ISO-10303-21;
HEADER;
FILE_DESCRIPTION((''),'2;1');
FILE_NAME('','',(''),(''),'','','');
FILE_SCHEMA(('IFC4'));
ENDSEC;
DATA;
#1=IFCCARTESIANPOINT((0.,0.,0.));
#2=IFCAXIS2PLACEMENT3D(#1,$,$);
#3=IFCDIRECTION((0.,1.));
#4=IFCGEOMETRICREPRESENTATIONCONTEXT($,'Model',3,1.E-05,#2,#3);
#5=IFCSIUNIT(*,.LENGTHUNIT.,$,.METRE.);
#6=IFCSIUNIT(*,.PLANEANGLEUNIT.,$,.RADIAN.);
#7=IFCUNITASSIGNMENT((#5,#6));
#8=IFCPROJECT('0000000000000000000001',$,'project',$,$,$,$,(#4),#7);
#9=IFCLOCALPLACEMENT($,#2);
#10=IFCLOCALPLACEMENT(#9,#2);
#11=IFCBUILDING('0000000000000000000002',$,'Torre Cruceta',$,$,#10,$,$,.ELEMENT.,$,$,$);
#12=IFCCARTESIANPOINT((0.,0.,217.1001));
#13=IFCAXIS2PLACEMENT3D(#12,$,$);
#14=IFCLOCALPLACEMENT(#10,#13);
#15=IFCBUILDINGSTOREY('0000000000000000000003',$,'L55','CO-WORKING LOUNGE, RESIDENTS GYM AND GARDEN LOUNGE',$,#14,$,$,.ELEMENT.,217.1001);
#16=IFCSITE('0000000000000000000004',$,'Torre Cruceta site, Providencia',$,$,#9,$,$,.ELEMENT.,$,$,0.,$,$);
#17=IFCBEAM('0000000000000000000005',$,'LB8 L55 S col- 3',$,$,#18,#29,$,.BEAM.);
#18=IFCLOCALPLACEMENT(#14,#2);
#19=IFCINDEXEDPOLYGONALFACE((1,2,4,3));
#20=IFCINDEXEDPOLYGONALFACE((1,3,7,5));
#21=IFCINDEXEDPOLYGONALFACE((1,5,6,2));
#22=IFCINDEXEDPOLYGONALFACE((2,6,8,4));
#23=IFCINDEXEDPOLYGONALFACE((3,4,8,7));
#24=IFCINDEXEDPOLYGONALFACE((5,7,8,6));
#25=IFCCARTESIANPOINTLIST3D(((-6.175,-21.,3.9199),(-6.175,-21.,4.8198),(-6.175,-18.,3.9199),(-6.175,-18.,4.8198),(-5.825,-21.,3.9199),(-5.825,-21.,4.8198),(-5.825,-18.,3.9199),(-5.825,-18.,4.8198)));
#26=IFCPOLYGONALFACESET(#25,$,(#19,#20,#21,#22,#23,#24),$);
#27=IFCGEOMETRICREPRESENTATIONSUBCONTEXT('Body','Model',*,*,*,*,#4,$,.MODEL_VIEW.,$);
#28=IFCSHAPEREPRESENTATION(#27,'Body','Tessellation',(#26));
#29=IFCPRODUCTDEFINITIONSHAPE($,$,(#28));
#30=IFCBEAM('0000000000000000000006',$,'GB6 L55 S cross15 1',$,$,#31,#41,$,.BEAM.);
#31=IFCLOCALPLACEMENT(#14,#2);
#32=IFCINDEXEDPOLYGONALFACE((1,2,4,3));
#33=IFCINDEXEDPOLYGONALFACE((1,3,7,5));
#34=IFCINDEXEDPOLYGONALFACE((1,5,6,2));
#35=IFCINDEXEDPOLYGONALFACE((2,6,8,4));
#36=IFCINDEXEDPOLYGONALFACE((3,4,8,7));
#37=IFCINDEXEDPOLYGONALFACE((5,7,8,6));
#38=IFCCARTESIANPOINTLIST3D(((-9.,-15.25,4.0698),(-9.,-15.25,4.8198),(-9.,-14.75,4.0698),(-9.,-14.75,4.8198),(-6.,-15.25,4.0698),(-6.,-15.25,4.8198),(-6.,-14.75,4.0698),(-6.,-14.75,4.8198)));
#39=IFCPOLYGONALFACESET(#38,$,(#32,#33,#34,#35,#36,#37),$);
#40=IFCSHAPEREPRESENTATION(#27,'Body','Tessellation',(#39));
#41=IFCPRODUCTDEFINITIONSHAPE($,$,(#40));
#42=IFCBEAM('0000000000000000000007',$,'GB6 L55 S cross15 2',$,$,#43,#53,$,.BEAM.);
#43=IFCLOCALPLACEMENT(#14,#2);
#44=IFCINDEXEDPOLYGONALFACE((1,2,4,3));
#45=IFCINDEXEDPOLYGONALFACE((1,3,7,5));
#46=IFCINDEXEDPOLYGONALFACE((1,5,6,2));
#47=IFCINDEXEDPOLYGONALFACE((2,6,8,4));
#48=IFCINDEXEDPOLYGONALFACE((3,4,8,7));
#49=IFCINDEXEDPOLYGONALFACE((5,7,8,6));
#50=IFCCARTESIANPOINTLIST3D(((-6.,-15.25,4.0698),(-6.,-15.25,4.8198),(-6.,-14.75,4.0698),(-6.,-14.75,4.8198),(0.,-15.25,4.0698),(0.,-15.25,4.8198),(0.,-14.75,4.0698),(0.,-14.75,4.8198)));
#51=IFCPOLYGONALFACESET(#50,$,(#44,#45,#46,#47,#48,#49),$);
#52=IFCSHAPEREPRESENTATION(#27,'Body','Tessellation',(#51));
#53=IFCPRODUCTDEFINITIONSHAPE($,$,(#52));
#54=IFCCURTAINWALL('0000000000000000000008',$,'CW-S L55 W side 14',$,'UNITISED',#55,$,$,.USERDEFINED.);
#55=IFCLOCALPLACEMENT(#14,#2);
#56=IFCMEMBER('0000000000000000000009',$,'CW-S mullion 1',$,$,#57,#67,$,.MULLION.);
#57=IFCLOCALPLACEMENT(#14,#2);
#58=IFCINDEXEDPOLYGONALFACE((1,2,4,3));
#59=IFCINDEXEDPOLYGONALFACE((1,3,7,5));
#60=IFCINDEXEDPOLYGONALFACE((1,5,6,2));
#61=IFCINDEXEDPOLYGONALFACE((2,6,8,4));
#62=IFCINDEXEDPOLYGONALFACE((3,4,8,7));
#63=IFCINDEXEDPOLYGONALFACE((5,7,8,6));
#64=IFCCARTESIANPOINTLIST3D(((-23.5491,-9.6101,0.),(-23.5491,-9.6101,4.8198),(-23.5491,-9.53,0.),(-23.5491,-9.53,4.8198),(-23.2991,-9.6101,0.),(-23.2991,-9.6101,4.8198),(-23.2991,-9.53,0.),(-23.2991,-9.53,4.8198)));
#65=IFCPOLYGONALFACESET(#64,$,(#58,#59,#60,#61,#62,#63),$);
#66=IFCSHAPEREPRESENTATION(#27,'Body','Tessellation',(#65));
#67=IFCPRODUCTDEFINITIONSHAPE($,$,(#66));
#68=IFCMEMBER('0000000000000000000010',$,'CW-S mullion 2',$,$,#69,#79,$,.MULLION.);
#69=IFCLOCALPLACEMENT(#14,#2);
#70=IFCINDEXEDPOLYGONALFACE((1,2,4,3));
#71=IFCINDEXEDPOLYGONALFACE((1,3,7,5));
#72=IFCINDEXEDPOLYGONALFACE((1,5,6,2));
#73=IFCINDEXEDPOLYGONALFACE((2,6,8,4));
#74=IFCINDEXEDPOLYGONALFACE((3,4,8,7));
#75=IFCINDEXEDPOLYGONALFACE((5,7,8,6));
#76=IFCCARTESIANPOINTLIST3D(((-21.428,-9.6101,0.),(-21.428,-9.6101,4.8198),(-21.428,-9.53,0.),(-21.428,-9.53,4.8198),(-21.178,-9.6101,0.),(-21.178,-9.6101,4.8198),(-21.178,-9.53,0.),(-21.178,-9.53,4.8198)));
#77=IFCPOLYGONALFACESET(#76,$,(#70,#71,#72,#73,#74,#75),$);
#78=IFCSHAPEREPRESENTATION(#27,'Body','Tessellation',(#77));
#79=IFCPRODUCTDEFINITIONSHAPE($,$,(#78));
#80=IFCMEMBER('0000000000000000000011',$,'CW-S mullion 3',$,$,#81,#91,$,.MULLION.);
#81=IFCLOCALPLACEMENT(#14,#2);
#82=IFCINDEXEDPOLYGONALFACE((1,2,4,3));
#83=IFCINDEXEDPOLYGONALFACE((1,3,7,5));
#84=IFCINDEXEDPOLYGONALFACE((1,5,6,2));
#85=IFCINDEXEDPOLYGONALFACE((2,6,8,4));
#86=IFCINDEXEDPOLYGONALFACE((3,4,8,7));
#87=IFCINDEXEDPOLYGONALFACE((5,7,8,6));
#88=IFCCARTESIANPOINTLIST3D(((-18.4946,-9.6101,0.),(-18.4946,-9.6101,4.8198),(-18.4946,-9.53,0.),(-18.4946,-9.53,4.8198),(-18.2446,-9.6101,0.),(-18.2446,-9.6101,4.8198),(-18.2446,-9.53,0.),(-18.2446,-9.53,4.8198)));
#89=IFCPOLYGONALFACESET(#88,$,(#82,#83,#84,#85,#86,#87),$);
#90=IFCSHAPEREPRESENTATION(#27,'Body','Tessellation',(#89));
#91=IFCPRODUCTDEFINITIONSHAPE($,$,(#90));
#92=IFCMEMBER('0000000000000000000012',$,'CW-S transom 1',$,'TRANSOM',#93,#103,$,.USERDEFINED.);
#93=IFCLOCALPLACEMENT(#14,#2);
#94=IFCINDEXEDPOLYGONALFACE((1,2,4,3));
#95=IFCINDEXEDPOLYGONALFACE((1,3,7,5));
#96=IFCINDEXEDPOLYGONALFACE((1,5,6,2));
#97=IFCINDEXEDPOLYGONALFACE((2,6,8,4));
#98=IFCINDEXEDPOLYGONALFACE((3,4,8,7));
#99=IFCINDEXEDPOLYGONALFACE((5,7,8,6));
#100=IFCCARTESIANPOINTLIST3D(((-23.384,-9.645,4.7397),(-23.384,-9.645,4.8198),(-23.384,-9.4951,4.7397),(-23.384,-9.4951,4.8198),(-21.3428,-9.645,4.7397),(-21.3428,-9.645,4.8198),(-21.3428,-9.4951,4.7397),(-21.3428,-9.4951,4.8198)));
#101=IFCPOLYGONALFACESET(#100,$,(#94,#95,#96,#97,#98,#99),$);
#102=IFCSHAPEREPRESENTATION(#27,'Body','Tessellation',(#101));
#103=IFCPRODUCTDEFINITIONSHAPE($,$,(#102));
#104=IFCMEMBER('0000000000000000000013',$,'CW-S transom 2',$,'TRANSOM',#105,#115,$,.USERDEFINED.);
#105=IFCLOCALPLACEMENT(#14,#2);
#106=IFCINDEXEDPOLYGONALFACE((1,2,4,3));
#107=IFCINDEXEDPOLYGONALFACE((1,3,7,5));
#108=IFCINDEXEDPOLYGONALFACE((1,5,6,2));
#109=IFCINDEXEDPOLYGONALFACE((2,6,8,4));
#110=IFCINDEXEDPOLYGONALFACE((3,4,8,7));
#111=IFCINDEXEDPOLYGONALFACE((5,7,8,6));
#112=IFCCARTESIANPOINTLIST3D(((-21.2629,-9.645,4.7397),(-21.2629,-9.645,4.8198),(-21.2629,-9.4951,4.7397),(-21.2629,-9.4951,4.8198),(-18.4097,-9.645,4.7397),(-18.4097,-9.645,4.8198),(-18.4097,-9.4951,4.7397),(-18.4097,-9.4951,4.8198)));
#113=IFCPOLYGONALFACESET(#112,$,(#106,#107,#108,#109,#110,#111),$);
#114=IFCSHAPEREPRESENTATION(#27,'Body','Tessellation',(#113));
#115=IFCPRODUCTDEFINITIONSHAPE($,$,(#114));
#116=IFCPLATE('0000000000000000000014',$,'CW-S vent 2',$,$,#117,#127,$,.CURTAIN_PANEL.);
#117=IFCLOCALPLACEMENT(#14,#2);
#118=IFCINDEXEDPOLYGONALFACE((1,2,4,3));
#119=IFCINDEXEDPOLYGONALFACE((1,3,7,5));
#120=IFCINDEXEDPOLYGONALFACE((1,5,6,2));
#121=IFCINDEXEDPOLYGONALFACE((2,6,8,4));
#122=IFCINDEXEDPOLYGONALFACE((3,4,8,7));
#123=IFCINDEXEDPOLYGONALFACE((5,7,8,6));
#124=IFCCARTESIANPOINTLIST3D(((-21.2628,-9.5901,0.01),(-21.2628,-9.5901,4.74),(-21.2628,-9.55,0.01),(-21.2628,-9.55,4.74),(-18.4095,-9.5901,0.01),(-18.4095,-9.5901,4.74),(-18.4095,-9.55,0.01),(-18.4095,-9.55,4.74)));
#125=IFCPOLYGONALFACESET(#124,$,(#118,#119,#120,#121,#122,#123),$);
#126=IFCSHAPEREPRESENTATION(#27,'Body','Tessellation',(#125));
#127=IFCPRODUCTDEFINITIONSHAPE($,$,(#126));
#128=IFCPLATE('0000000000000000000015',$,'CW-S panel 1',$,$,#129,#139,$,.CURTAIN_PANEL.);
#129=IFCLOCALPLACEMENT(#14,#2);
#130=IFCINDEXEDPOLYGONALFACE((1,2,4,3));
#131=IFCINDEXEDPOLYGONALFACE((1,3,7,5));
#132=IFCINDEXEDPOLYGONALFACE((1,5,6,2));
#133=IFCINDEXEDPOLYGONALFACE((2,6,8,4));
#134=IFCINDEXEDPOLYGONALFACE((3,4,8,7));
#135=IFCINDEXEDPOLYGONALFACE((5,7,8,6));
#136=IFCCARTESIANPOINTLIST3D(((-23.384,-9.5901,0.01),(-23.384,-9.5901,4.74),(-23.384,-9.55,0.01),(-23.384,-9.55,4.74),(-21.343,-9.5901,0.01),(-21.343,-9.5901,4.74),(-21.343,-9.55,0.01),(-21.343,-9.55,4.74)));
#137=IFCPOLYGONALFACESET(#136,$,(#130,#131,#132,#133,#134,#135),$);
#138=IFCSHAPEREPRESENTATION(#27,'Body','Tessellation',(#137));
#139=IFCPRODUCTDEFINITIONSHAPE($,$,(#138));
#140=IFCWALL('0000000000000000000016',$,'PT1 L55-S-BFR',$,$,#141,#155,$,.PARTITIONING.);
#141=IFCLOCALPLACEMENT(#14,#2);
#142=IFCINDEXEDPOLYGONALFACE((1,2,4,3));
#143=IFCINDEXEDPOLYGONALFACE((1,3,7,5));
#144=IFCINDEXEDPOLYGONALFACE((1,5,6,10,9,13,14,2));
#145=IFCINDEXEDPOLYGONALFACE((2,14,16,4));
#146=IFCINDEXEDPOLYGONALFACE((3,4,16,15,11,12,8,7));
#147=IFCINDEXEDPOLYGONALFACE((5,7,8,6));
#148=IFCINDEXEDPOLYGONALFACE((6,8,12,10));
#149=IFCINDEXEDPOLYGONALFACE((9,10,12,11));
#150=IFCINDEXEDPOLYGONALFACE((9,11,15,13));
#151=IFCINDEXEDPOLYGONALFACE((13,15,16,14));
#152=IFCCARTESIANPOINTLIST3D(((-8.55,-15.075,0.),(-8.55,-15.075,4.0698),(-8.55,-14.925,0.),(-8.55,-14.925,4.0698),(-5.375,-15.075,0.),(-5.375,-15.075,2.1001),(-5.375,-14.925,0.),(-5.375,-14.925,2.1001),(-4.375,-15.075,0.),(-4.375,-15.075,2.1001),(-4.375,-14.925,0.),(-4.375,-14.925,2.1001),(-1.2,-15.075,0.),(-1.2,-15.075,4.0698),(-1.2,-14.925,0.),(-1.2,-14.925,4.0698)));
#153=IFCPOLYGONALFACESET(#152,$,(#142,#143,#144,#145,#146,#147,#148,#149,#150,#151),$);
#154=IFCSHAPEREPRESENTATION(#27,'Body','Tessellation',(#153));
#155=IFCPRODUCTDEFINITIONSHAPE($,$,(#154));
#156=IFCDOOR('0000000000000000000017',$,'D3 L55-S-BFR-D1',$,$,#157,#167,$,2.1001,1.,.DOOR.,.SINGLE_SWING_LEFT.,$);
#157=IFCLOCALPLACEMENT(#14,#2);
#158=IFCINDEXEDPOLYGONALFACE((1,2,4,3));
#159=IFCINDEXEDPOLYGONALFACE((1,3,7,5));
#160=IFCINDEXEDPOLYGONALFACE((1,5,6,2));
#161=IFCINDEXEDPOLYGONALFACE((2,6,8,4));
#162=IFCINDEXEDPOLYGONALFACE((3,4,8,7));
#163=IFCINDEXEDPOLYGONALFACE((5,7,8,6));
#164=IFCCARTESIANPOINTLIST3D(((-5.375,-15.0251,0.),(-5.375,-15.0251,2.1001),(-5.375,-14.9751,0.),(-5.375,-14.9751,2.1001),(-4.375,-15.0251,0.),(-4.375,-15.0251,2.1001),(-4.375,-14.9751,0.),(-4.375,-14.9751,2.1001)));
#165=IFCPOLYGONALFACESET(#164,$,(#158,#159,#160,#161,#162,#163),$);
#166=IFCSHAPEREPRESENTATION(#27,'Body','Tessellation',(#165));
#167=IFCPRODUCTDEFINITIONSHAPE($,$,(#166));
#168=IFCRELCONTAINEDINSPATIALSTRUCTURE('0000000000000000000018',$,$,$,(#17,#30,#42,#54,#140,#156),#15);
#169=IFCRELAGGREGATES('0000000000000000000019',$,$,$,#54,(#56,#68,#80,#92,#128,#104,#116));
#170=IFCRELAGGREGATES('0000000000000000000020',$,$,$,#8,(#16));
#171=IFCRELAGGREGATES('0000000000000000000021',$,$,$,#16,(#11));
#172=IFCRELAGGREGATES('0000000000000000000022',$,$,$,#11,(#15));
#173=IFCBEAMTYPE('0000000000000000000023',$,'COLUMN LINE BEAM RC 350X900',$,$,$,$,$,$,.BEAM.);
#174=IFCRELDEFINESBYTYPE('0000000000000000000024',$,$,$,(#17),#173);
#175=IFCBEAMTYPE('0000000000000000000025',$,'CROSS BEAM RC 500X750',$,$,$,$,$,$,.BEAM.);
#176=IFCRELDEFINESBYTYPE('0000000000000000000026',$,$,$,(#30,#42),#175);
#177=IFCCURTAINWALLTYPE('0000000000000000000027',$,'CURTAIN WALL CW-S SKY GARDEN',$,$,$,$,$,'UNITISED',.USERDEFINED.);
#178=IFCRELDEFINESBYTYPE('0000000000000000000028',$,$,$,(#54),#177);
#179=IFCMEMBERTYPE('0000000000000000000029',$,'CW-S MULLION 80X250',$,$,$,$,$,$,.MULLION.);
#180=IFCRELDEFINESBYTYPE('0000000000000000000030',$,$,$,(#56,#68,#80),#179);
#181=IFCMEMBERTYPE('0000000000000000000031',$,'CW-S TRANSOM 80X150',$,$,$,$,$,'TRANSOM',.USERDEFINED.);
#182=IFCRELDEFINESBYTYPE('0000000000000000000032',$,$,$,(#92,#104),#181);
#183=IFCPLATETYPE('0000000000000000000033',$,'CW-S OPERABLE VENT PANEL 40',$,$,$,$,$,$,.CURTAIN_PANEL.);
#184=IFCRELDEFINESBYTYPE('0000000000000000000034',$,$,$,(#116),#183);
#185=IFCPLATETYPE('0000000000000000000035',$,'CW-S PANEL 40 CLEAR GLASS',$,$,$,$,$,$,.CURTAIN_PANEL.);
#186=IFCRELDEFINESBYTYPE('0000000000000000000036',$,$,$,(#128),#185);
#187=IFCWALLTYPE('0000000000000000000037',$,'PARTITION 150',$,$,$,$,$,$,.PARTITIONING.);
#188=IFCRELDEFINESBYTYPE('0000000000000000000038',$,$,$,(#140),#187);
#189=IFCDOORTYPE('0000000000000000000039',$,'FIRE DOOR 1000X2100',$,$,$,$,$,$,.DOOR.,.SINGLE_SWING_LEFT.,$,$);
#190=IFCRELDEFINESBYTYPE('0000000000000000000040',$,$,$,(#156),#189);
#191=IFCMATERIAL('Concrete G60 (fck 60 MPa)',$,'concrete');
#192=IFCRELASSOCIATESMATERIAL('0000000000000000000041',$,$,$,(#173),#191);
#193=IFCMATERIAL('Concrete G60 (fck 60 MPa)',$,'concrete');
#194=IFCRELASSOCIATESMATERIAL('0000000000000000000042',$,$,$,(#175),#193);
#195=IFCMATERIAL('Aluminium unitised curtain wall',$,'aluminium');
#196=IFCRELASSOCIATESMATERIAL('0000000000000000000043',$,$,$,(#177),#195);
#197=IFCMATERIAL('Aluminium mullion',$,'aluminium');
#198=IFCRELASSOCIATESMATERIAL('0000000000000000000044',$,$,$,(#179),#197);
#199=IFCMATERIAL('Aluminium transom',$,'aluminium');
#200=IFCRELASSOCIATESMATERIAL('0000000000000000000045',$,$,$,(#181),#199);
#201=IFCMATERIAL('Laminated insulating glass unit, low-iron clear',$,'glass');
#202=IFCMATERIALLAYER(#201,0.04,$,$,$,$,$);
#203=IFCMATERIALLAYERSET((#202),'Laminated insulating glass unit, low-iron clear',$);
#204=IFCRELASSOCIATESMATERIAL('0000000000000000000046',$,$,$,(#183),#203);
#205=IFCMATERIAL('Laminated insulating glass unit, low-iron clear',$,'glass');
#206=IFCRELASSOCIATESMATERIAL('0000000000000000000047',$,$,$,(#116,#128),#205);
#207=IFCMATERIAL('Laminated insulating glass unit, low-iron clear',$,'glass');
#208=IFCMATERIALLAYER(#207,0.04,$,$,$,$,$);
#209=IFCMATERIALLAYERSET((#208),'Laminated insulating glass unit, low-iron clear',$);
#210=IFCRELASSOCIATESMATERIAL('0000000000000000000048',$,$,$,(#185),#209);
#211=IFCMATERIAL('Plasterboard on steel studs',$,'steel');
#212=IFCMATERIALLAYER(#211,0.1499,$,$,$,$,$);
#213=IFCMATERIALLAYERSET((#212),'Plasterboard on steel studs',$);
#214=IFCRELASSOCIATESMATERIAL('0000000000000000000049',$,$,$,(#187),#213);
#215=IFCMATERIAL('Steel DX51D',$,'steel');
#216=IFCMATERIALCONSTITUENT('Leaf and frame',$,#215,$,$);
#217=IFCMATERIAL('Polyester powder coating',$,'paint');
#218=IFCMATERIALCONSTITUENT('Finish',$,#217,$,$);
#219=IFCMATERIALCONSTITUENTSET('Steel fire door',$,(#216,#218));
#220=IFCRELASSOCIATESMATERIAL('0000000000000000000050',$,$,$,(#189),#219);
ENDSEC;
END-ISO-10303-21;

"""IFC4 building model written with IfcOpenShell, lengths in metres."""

from ifc_helpers import new_model, si_unit, direction, frame, frame_2d, origin, origin_2d, place, context, subcontext, project, spatial, rectangle, extrude, material, layer, layer_set, constituent, constituent_set, material_profile, profile_set, type_object, element, fill, aggregate, save


model = new_model("IFC4")

# Units and contexts
model_context = context("Model", 3, precision=1e-05, world=origin(), true_north=direction((0.0, 1.0)))
body_context = subcontext(model_context, "Body", "Model", "MODEL_VIEW")
ifc_project = project(units=[si_unit("LENGTHUNIT", "METRE"), si_unit("PLANEANGLEUNIT", "RADIAN")], contexts=[model_context])

# Site, building, storey
site_placement = place(None, origin())
site = spatial("IfcSite", under=ifc_project, at=site_placement, Name="Torre Cruceta site, Providencia", CompositionType="ELEMENT", RefElevation=0.0)
building_placement = place(site_placement, origin())
building = spatial("IfcBuilding", under=site, at=building_placement, Name="Torre Cruceta", CompositionType="ELEMENT")
storey_placement = place(building_placement, frame((0.0, 0.0, 217.1001)))
storey = spatial("IfcBuildingStorey", under=building, at=storey_placement, Name="L55", Description="CO-WORKING LOUNGE, RESIDENTS GYM AND GARDEN LOUNGE", CompositionType="ELEMENT", Elevation=217.1001)

# Beams
ifc_material_1 = material(Name="Concrete G60 (fck 60 MPa)", Category="concrete")
ifc_material_profile_1 = material_profile(ifc_material_1, rectangle(XDim=0.3501, YDim=0.8999, at=origin_2d()), Name="RC 350X900")
ifc_profile_set_1 = profile_set([ifc_material_profile_1], Name="Concrete G60 (fck 60 MPa)")
beam_type_1 = type_object("IfcBeamType", Name="COLUMN LINE BEAM RC 350X900", PredefinedType="BEAM", material=ifc_profile_set_1)
beam_1_placement = place(storey_placement, frame((-6.0, -18.0, 4.3699), z_axis=(0.0, -1.0, 0.0), x_axis=(1.0, 0.0, 0.0)))
element("IfcBeam", 1, at=beam_1_placement, inside=storey, type_object=beam_type_1, Name="LB8 L55 S col- 3", PredefinedType="BEAM", context=body_context, shape_type="SweptSolid", body=[
    extrude(rectangle(XDim=0.3501, YDim=0.8999, at=origin_2d()), origin(), (0.0, 0.0, 1.0), 3.0),
])
ifc_material_2 = material(Name="Concrete G60 (fck 60 MPa)", Category="concrete")
ifc_material_profile_2 = material_profile(ifc_material_2, rectangle(XDim=0.5, YDim=0.75, at=origin_2d()), Name="RC 500X750")
ifc_profile_set_2 = profile_set([ifc_material_profile_2], Name="Concrete G60 (fck 60 MPa)")
beam_type_2 = type_object("IfcBeamType", Name="CROSS BEAM RC 500X750", PredefinedType="BEAM", material=ifc_profile_set_2)
beam_2_placement = place(storey_placement, frame((-9.0, -15.0, 4.4448), z_axis=(1.0, 0.0, 0.0), x_axis=(0.0, 1.0, 0.0)))
element("IfcBeam", 2, at=beam_2_placement, inside=storey, type_object=beam_type_2, Name="GB6 L55 S cross15 1", PredefinedType="BEAM", context=body_context, shape_type="SweptSolid", body=[
    extrude(rectangle(XDim=0.5, YDim=0.75, at=origin_2d()), origin(), (0.0, 0.0, 1.0), 3.0),
])
beam_3_placement = place(storey_placement, frame((-6.0, -15.0, 4.4448), z_axis=(1.0, 0.0, 0.0), x_axis=(0.0, 1.0, 0.0)))
element("IfcBeam", 3, at=beam_3_placement, inside=storey, type_object=beam_type_2, Name="GB6 L55 S cross15 2", PredefinedType="BEAM", context=body_context, shape_type="SweptSolid", body=[
    extrude(rectangle(XDim=0.5, YDim=0.75, at=origin_2d()), origin(), (0.0, 0.0, 1.0), 6.0),
])

# Curtain wall, members, plates
ifc_material_3 = material(Name="Aluminium unitised curtain wall", Category="aluminium")
curtain_wall_type = type_object("IfcCurtainWallType", Name="CURTAIN WALL CW-S SKY GARDEN", ElementType="UNITISED", PredefinedType="USERDEFINED", material=ifc_material_3)
curtain_wall_placement = place(storey_placement, origin())
curtain_wall = element("IfcCurtainWall", 4, at=curtain_wall_placement, inside=storey, type_object=curtain_wall_type, Name="CW-S L55 W side 14", ObjectType="UNITISED", PredefinedType="USERDEFINED")
ifc_material_4 = material(Name="Aluminium mullion", Category="aluminium")
ifc_material_profile_3 = material_profile(ifc_material_4, rectangle(XDim=0.0801, YDim=0.25, at=origin_2d()), Name="AL 80X250")
ifc_profile_set_3 = profile_set([ifc_material_profile_3], Name="Aluminium mullion")
member_type_1 = type_object("IfcMemberType", Name="CW-S MULLION 80X250", PredefinedType="MULLION", material=ifc_profile_set_3)
member_1_placement = place(storey_placement, frame((-23.4241, -9.5701, 0.0), z_axis=(0.0, 0.0, 1.0), x_axis=(0.0, 1.0, 0.0)))
member_1 = element("IfcMember", 5, at=member_1_placement, type_object=member_type_1, Name="CW-S mullion 1", PredefinedType="MULLION", context=body_context, shape_type="SweptSolid", body=[
    extrude(rectangle(XDim=0.0801, YDim=0.25, at=origin_2d()), origin(), (0.0, 0.0, 1.0), 4.8198),
])
member_2_placement = place(storey_placement, frame((-21.303, -9.5701, 0.0), z_axis=(0.0, 0.0, 1.0), x_axis=(0.0, 1.0, 0.0)))
member_2 = element("IfcMember", 6, at=member_2_placement, type_object=member_type_1, Name="CW-S mullion 2", PredefinedType="MULLION", context=body_context, shape_type="SweptSolid", body=[
    extrude(rectangle(XDim=0.0801, YDim=0.25, at=origin_2d()), origin(), (0.0, 0.0, 1.0), 4.8198),
])
member_3_placement = place(storey_placement, frame((-18.3696, -9.5701, 0.0), z_axis=(0.0, 0.0, 1.0), x_axis=(0.0, 1.0, 0.0)))
member_3 = element("IfcMember", 7, at=member_3_placement, type_object=member_type_1, Name="CW-S mullion 3", PredefinedType="MULLION", context=body_context, shape_type="SweptSolid", body=[
    extrude(rectangle(XDim=0.0801, YDim=0.25, at=origin_2d()), origin(), (0.0, 0.0, 1.0), 4.8198),
])
ifc_material_5 = material(Name="Aluminium transom", Category="aluminium")
ifc_material_profile_4 = material_profile(ifc_material_5, rectangle(XDim=0.1499, YDim=0.0801, at=origin_2d()), Name="AL 150X80")
ifc_profile_set_4 = profile_set([ifc_material_profile_4], Name="Aluminium transom")
member_type_2 = type_object("IfcMemberType", Name="CW-S TRANSOM 80X150", ElementType="TRANSOM", PredefinedType="USERDEFINED", material=ifc_profile_set_4)
member_4_placement = place(storey_placement, frame((-23.384, -9.5701, 4.7798), z_axis=(1.0, 0.0, 0.0), x_axis=(0.0, 1.0, 0.0)))
member_4 = element("IfcMember", 8, at=member_4_placement, type_object=member_type_2, Name="CW-S transom 1", ObjectType="TRANSOM", PredefinedType="USERDEFINED", context=body_context, shape_type="SweptSolid", body=[
    extrude(rectangle(XDim=0.1499, YDim=0.0801, at=origin_2d()), origin(), (0.0, 0.0, 1.0), 2.0413),
])
member_5_placement = place(storey_placement, frame((-21.2629, -9.5701, 4.7798), z_axis=(1.0, 0.0, 0.0), x_axis=(0.0, 1.0, 0.0)))
member_5 = element("IfcMember", 9, at=member_5_placement, type_object=member_type_2, Name="CW-S transom 2", ObjectType="TRANSOM", PredefinedType="USERDEFINED", context=body_context, shape_type="SweptSolid", body=[
    extrude(rectangle(XDim=0.1499, YDim=0.0801, at=origin_2d()), origin(), (0.0, 0.0, 1.0), 2.8533),
])
ifc_material_6 = material(Name="Laminated insulating glass unit, low-iron clear", Category="glass")
ifc_material_7 = material(Name="Laminated insulating glass unit, low-iron clear", Category="glass")
ifc_layer_1 = layer(ifc_material_7, 0.04)
ifc_layer_set_1 = layer_set([ifc_layer_1], Name="Laminated insulating glass unit, low-iron clear")
plate_type_1 = type_object("IfcPlateType", Name="CW-S OPERABLE VENT PANEL 40", PredefinedType="CURTAIN_PANEL", material=ifc_layer_set_1)
plate_1_placement = place(storey_placement, frame((-19.8362, -9.5701, 0.01), z_axis=(0.0, 0.0, 1.0), x_axis=(1.0, 0.0, 0.0)))
plate_1 = element("IfcPlate", 10, at=plate_1_placement, type_object=plate_type_1, material=ifc_material_6, Name="CW-S vent 2", PredefinedType="CURTAIN_PANEL", context=body_context, shape_type="SweptSolid", body=[
    extrude(rectangle(XDim=2.8533, YDim=0.04, at=origin_2d()), origin(), (0.0, 0.0, 1.0), 4.73),
])
ifc_material_8 = material(Name="Laminated insulating glass unit, low-iron clear", Category="glass")
ifc_layer_2 = layer(ifc_material_8, 0.04)
ifc_layer_set_2 = layer_set([ifc_layer_2], Name="Laminated insulating glass unit, low-iron clear")
plate_type_2 = type_object("IfcPlateType", Name="CW-S PANEL 40 CLEAR GLASS", PredefinedType="CURTAIN_PANEL", material=ifc_layer_set_2)
plate_2_placement = place(storey_placement, frame((-22.3635, -9.5701, 0.01), z_axis=(0.0, 0.0, 1.0), x_axis=(1.0, 0.0, 0.0)))
plate_2 = element("IfcPlate", 11, at=plate_2_placement, type_object=plate_type_2, material=ifc_material_6, Name="CW-S panel 1", PredefinedType="CURTAIN_PANEL", context=body_context, shape_type="SweptSolid", body=[
    extrude(rectangle(XDim=2.041, YDim=0.04, at=origin_2d()), origin(), (0.0, 0.0, 1.0), 4.73),
])
aggregate(curtain_wall, [member_1, member_2, member_3, member_4, plate_2, member_5, plate_1])

# Wall, opening, door
ifc_material_9 = material(Name="Plasterboard on steel studs", Category="steel")
ifc_layer_3 = layer(ifc_material_9, 0.1499)
ifc_layer_set_3 = layer_set([ifc_layer_3], Name="Plasterboard on steel studs")
wall_type = type_object("IfcWallType", Name="PARTITION 150", PredefinedType="PARTITIONING", material=ifc_layer_set_3)
wall_placement = place(storey_placement, frame((-8.55, -15.0, 0.0), z_axis=(0.0, 0.0, 1.0), x_axis=(1.0, 0.0, 0.0)))
wall = element("IfcWall", 12, at=wall_placement, inside=storey, type_object=wall_type, Name="PT1 L55-S-BFR", PredefinedType="PARTITIONING", context=body_context, shape_type="SweptSolid", body=[
    extrude(rectangle(XDim=7.3501, YDim=0.1499, at=frame_2d((3.675, 0.0))), origin(), (0.0, 0.0, 1.0), 4.0698),
])
opening_placement = place(wall_placement, frame((3.175, 0.0, 0.0)))
opening = element("IfcOpeningElement", 13, at=opening_placement, cuts=wall, PredefinedType="OPENING", context=body_context, shape_type="SweptSolid", body=[
    extrude(rectangle(XDim=1.0, YDim=2.1001, at=frame_2d((0.5, 1.05))), frame((0.0, 0.085, 0.0), z_axis=(0.0, -1.0, 0.0), x_axis=(1.0, 0.0, 0.0)), (0.0, 0.0, 1.0), 0.1699),
])
ifc_material_10 = material(Name="Steel DX51D", Category="steel")
ifc_constituent_1 = constituent(ifc_material_10, Name="Leaf and frame")
ifc_material_11 = material(Name="Polyester powder coating", Category="paint")
ifc_constituent_2 = constituent(ifc_material_11, Name="Finish")
ifc_constituent_set = constituent_set(constituents=[ifc_constituent_1, ifc_constituent_2], Name="Steel fire door")
door_type = type_object("IfcDoorType", Name="FIRE DOOR 1000X2100", OperationType="SINGLE_SWING_LEFT", PredefinedType="DOOR", material=ifc_constituent_set)
door_placement = place(opening_placement, frame((1.0, 0.0, 0.0), z_axis=(0.0, 0.0, 1.0), x_axis=(-1.0, 0.0, 0.0)))
door = element("IfcDoor", 14, at=door_placement, inside=storey, type_object=door_type, Name="D3 L55-S-BFR-D1", OperationType="SINGLE_SWING_LEFT", OverallHeight=2.1001, OverallWidth=1.0, PredefinedType="DOOR", context=body_context, shape_type="SweptSolid", body=[
    extrude(rectangle(XDim=1.0, YDim=2.1001, at=frame_2d((0.5, 1.05))), frame((0.0, 0.0251, 0.0), z_axis=(0.0, -1.0, 0.0), x_axis=(1.0, 0.0, 0.0)), (0.0, 0.0, 1.0), 0.05),
])
fill(opening, door)

save(model, "model.ifc")
